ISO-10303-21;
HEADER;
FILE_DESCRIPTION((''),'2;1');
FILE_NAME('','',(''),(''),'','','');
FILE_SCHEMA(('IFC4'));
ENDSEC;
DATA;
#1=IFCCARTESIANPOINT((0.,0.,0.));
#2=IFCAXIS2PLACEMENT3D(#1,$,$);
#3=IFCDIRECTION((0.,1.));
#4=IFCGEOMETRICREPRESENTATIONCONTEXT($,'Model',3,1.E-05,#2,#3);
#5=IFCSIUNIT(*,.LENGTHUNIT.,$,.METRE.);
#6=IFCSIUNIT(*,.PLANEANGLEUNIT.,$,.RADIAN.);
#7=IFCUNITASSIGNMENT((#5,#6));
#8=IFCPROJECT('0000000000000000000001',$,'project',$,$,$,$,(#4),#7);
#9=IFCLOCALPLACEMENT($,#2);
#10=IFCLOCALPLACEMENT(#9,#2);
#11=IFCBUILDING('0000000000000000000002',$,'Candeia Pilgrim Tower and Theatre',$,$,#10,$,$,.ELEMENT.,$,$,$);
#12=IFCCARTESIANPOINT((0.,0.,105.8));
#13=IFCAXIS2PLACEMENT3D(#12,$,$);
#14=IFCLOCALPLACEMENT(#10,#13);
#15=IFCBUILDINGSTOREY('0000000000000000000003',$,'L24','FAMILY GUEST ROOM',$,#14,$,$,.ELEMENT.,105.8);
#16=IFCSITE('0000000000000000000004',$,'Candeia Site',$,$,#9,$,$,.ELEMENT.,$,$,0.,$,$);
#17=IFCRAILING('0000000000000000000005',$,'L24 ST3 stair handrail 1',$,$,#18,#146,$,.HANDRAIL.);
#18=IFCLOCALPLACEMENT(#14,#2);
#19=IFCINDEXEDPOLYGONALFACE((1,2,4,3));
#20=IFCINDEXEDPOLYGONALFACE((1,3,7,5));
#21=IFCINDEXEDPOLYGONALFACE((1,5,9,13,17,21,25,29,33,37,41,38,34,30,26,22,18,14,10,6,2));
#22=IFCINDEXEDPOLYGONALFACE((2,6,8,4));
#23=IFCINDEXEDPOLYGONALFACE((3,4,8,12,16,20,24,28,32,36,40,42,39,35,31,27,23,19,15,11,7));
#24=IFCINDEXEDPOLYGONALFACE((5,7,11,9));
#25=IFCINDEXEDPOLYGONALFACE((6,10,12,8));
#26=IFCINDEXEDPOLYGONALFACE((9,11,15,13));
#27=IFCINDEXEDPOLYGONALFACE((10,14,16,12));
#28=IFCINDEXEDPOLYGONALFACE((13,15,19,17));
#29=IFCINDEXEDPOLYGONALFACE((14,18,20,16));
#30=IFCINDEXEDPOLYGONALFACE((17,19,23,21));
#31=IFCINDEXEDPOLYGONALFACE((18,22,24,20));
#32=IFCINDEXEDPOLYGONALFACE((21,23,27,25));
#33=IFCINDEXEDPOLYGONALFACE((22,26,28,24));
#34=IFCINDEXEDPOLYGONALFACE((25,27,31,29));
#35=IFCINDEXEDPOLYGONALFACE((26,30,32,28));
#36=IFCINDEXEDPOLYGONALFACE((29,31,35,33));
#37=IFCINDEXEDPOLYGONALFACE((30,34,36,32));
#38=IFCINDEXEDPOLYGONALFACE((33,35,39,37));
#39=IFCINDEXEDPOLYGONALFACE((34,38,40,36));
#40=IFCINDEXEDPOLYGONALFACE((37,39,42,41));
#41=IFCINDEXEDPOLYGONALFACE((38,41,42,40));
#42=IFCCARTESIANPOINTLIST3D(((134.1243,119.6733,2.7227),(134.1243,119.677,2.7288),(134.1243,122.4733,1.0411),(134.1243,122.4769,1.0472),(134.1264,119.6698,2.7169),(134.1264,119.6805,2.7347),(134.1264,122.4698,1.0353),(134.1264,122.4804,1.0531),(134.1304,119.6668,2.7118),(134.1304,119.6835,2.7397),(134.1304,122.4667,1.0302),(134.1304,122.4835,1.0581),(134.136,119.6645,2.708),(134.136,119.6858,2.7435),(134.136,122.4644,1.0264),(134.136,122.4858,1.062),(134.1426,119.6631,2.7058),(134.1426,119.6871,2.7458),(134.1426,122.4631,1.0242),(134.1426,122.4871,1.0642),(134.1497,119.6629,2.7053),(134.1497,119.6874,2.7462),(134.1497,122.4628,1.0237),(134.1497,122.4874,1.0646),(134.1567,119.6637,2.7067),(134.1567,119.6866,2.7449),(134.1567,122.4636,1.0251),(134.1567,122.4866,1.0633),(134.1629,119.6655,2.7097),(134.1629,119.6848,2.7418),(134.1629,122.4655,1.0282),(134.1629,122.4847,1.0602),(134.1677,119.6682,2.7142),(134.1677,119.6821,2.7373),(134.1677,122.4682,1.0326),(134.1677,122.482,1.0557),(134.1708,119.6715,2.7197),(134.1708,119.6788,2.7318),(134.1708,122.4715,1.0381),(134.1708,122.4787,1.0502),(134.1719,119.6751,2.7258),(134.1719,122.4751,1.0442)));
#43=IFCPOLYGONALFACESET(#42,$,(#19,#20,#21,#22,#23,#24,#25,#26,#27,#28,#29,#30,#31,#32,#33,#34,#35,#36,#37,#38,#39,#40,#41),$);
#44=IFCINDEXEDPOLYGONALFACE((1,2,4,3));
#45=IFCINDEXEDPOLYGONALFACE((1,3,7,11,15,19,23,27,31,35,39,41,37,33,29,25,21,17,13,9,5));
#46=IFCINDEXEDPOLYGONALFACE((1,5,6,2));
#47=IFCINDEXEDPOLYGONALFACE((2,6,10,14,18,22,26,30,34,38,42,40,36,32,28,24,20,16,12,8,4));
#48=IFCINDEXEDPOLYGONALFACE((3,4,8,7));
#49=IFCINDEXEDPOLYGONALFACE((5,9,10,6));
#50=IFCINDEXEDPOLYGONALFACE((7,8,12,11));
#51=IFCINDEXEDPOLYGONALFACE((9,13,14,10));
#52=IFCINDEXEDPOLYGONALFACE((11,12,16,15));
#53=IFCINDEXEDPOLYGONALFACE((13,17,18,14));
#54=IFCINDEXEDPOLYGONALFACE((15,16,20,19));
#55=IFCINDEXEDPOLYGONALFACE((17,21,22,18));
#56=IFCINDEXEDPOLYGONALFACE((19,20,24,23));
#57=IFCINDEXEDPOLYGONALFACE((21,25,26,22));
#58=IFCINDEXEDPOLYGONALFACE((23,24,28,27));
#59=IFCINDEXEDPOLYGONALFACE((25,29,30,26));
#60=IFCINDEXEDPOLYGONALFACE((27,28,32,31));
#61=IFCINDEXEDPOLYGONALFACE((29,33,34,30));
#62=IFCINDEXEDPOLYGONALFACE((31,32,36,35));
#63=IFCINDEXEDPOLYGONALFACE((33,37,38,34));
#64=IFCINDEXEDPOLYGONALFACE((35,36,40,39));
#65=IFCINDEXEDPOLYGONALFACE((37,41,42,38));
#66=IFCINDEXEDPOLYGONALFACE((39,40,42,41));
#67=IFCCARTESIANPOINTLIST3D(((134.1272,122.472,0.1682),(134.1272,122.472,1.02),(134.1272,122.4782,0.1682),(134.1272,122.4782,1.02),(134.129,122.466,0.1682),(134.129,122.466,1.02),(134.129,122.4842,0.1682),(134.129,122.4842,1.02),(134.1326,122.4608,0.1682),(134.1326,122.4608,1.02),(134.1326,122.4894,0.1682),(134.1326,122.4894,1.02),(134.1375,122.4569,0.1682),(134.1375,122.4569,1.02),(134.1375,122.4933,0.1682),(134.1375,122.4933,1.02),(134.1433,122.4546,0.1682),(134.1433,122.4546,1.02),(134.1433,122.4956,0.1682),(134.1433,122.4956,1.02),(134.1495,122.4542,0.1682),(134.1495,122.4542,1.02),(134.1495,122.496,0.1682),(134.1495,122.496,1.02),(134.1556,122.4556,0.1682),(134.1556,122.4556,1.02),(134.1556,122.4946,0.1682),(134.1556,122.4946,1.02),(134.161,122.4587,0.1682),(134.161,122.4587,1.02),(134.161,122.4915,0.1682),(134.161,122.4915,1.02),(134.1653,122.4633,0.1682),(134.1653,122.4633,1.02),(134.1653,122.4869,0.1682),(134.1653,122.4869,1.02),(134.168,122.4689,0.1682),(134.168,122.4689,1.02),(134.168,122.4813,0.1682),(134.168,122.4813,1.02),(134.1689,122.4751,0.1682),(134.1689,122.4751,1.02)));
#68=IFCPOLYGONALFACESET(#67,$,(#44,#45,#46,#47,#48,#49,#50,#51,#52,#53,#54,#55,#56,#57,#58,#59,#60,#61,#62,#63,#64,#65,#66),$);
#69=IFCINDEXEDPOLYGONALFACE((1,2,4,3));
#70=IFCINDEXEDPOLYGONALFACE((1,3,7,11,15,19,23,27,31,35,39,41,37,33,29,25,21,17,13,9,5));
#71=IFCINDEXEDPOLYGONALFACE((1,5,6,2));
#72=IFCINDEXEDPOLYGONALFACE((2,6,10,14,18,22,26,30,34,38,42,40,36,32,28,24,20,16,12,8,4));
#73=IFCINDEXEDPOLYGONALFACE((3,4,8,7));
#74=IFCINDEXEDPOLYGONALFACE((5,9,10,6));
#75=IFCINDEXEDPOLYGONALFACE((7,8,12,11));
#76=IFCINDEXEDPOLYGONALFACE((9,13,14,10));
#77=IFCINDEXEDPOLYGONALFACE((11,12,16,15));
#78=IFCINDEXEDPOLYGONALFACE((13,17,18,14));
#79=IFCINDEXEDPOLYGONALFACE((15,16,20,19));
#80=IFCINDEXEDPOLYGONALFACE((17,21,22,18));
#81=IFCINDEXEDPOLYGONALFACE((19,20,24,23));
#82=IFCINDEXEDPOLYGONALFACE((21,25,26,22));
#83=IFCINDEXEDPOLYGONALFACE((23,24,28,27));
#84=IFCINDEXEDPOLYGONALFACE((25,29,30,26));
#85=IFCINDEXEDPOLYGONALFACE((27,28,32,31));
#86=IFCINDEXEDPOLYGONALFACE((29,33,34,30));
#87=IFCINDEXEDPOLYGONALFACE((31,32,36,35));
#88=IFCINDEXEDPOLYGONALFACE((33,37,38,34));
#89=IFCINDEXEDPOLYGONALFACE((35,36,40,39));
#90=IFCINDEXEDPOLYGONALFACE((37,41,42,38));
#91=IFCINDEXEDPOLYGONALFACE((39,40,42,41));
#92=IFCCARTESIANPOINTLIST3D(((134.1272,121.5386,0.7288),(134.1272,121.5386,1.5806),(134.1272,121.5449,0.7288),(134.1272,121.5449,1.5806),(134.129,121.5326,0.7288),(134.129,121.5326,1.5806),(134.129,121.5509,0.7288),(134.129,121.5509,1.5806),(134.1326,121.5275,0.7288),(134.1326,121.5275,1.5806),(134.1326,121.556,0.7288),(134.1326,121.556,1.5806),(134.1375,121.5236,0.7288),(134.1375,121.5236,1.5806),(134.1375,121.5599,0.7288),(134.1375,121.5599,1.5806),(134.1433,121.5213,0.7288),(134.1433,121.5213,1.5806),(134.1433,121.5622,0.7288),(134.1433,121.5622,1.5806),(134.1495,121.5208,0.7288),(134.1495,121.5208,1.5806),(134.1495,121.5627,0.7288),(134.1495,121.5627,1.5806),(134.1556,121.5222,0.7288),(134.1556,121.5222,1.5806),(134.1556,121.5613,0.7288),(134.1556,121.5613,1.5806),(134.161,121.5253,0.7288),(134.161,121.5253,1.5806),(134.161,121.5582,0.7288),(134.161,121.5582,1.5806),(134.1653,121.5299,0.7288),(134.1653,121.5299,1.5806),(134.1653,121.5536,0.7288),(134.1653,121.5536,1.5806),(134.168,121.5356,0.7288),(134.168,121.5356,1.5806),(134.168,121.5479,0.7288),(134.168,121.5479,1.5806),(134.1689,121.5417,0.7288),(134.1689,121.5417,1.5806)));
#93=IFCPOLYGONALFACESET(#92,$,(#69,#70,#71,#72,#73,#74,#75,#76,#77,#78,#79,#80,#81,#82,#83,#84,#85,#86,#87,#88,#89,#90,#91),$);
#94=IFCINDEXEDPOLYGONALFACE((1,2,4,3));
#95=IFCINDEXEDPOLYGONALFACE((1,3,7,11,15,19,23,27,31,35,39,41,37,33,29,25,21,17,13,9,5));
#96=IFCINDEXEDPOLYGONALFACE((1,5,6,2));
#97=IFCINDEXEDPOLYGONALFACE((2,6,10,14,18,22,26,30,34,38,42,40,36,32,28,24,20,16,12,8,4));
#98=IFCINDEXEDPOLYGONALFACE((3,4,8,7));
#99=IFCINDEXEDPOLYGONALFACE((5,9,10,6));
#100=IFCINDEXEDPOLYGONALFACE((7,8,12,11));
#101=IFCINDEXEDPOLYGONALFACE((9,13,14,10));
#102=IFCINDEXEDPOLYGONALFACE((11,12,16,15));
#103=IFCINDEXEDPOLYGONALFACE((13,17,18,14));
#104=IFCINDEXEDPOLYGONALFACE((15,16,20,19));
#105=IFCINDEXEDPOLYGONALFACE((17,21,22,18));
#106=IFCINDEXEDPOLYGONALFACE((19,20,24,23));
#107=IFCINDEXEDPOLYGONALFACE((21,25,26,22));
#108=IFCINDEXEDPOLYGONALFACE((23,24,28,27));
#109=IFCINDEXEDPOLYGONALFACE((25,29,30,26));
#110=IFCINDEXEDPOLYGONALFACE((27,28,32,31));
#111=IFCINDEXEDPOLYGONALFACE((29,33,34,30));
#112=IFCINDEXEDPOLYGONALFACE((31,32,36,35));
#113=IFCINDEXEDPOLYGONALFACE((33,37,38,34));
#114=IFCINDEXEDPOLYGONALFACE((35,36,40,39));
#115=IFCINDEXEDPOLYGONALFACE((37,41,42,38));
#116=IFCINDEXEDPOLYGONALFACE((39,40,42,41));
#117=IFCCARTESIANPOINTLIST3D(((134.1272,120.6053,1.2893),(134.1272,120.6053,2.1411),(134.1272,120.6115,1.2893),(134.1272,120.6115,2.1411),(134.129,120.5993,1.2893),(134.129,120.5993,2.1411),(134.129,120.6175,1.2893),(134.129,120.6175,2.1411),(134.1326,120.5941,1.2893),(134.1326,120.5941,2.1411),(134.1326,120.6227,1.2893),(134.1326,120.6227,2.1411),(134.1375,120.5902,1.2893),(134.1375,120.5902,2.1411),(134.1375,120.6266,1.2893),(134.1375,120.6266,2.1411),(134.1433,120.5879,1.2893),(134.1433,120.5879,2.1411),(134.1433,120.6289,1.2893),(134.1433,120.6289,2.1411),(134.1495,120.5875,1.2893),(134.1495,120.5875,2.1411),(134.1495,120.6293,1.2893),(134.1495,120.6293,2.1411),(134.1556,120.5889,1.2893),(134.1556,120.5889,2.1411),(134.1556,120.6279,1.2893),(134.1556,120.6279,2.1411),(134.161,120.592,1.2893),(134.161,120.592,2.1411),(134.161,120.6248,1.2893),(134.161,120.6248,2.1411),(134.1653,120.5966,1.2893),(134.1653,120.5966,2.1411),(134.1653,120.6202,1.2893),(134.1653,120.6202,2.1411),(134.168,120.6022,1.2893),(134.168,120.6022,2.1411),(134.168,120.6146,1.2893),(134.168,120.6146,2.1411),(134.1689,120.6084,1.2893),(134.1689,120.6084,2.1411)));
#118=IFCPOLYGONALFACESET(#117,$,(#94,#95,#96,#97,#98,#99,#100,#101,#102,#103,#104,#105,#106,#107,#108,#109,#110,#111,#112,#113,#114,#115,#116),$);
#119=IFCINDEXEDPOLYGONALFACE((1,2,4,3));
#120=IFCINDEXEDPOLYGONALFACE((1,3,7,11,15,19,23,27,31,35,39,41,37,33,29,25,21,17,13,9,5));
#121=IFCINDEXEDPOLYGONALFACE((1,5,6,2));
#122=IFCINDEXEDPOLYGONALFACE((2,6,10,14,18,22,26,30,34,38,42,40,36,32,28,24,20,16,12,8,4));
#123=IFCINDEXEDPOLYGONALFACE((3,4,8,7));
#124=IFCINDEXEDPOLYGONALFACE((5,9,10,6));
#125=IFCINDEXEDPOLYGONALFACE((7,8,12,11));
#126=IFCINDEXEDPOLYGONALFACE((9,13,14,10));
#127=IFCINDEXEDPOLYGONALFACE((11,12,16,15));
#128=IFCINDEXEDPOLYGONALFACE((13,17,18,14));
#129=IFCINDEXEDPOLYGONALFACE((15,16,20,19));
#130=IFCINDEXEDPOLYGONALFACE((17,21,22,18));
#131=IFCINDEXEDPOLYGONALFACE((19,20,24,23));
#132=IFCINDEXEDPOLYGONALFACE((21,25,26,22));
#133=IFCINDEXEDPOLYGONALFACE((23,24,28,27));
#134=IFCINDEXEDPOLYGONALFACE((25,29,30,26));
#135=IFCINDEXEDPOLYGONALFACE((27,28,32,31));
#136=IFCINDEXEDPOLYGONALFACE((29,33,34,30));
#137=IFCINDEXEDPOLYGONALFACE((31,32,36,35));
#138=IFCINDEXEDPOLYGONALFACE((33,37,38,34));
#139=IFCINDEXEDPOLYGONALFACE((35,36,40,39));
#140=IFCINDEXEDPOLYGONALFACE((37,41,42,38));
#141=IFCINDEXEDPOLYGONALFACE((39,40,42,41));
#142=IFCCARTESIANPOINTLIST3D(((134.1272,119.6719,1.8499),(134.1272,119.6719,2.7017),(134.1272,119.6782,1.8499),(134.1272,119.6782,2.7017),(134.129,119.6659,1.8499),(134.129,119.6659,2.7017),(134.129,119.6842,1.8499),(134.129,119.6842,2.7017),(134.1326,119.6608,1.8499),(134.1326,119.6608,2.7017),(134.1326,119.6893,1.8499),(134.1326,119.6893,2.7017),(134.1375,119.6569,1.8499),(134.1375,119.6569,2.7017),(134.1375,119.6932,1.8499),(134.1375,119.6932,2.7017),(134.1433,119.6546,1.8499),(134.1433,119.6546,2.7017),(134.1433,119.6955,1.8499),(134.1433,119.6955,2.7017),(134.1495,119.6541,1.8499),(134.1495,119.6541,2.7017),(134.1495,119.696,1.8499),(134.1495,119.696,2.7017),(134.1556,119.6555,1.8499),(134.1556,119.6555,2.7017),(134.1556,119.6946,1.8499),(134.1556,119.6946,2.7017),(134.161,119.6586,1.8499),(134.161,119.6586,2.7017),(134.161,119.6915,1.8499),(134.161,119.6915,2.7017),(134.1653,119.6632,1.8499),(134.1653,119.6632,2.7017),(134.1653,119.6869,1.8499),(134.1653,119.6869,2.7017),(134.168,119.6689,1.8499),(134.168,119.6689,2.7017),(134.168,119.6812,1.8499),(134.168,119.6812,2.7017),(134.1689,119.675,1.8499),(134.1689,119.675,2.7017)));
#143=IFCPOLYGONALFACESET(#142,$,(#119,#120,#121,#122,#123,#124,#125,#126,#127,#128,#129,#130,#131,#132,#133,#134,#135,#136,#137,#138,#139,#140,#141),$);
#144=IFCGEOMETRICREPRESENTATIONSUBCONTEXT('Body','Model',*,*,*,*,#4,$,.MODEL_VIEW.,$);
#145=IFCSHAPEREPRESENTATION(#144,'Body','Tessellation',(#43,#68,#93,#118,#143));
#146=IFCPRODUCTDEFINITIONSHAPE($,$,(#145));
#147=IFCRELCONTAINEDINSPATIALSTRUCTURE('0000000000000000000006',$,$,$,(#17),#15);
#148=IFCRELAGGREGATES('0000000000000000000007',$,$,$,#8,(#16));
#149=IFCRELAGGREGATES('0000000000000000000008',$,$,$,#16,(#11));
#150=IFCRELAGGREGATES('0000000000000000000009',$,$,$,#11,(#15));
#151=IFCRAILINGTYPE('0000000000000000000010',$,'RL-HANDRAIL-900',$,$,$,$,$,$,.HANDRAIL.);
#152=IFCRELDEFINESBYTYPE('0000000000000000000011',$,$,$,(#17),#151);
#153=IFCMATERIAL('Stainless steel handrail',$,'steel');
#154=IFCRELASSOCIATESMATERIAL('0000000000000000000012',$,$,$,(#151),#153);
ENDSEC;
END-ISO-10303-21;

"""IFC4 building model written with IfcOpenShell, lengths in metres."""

from ifc_helpers import new_model, si_unit, direction, frame, origin, origin_2d, place, context, subcontext, project, spatial, circle, extrude, material, type_object, element, save


model = new_model("IFC4")

# Units and contexts
model_context = context("Model", 3, precision=1e-05, world=origin(), true_north=direction((0.0, 1.0)))
body_context = subcontext(model_context, "Body", "Model", "MODEL_VIEW")
ifc_project = project(units=[si_unit("LENGTHUNIT", "METRE"), si_unit("PLANEANGLEUNIT", "RADIAN")], contexts=[model_context])

# Site, building, storey
site_placement = place(None, origin())
site = spatial("IfcSite", under=ifc_project, at=site_placement, Name="Candeia Site", CompositionType="ELEMENT", RefElevation=0.0)
building_placement = place(site_placement, origin())
building = spatial("IfcBuilding", under=site, at=building_placement, Name="Candeia Pilgrim Tower and Theatre", CompositionType="ELEMENT")
storey_placement = place(building_placement, frame((0.0, 0.0, 105.8)))
storey = spatial("IfcBuildingStorey", under=building, at=storey_placement, Name="L24", Description="FAMILY GUEST ROOM", CompositionType="ELEMENT", Elevation=105.8)

# Railing
ifc_material_1 = material(Name="Stainless steel handrail", Category="steel")
railing_type_1 = type_object("IfcRailingType", Name="RL-HANDRAIL-900", PredefinedType="HANDRAIL", material=ifc_material_1)
railing_1_placement = place(storey_placement, frame((134.1479, 122.4751, 0.1682)))
element("IfcRailing", 1, at=railing_1_placement, inside=storey, type_object=railing_type_1, Name="L24 ST3 stair handrail 1", PredefinedType="HANDRAIL", context=body_context, shape_type="SweptSolid", body=[
    extrude(circle(Radius=0.0239, at=origin_2d()), frame((0.0, 0.0, 0.876), z_axis=(0.0, -0.857275, 0.514858), x_axis=(1.0, 0.0, 0.0)), (0.0, 0.0, 1.0), 3.2661),
    extrude(circle(Radius=0.021, at=origin_2d()), origin(), (0.0, 0.0, 1.0), 0.8518),
    extrude(circle(Radius=0.021, at=origin_2d()), frame((0.0, -0.9333, 0.5605)), (0.0, 0.0, 1.0), 0.8518),
    extrude(circle(Radius=0.021, at=origin_2d()), frame((0.0, -1.8667, 1.1211)), (0.0, 0.0, 1.0), 0.8518),
    extrude(circle(Radius=0.021, at=origin_2d()), frame((0.0, -2.8, 1.6816)), (0.0, 0.0, 1.0), 0.8518),
])

save(model, "model.ifc")
